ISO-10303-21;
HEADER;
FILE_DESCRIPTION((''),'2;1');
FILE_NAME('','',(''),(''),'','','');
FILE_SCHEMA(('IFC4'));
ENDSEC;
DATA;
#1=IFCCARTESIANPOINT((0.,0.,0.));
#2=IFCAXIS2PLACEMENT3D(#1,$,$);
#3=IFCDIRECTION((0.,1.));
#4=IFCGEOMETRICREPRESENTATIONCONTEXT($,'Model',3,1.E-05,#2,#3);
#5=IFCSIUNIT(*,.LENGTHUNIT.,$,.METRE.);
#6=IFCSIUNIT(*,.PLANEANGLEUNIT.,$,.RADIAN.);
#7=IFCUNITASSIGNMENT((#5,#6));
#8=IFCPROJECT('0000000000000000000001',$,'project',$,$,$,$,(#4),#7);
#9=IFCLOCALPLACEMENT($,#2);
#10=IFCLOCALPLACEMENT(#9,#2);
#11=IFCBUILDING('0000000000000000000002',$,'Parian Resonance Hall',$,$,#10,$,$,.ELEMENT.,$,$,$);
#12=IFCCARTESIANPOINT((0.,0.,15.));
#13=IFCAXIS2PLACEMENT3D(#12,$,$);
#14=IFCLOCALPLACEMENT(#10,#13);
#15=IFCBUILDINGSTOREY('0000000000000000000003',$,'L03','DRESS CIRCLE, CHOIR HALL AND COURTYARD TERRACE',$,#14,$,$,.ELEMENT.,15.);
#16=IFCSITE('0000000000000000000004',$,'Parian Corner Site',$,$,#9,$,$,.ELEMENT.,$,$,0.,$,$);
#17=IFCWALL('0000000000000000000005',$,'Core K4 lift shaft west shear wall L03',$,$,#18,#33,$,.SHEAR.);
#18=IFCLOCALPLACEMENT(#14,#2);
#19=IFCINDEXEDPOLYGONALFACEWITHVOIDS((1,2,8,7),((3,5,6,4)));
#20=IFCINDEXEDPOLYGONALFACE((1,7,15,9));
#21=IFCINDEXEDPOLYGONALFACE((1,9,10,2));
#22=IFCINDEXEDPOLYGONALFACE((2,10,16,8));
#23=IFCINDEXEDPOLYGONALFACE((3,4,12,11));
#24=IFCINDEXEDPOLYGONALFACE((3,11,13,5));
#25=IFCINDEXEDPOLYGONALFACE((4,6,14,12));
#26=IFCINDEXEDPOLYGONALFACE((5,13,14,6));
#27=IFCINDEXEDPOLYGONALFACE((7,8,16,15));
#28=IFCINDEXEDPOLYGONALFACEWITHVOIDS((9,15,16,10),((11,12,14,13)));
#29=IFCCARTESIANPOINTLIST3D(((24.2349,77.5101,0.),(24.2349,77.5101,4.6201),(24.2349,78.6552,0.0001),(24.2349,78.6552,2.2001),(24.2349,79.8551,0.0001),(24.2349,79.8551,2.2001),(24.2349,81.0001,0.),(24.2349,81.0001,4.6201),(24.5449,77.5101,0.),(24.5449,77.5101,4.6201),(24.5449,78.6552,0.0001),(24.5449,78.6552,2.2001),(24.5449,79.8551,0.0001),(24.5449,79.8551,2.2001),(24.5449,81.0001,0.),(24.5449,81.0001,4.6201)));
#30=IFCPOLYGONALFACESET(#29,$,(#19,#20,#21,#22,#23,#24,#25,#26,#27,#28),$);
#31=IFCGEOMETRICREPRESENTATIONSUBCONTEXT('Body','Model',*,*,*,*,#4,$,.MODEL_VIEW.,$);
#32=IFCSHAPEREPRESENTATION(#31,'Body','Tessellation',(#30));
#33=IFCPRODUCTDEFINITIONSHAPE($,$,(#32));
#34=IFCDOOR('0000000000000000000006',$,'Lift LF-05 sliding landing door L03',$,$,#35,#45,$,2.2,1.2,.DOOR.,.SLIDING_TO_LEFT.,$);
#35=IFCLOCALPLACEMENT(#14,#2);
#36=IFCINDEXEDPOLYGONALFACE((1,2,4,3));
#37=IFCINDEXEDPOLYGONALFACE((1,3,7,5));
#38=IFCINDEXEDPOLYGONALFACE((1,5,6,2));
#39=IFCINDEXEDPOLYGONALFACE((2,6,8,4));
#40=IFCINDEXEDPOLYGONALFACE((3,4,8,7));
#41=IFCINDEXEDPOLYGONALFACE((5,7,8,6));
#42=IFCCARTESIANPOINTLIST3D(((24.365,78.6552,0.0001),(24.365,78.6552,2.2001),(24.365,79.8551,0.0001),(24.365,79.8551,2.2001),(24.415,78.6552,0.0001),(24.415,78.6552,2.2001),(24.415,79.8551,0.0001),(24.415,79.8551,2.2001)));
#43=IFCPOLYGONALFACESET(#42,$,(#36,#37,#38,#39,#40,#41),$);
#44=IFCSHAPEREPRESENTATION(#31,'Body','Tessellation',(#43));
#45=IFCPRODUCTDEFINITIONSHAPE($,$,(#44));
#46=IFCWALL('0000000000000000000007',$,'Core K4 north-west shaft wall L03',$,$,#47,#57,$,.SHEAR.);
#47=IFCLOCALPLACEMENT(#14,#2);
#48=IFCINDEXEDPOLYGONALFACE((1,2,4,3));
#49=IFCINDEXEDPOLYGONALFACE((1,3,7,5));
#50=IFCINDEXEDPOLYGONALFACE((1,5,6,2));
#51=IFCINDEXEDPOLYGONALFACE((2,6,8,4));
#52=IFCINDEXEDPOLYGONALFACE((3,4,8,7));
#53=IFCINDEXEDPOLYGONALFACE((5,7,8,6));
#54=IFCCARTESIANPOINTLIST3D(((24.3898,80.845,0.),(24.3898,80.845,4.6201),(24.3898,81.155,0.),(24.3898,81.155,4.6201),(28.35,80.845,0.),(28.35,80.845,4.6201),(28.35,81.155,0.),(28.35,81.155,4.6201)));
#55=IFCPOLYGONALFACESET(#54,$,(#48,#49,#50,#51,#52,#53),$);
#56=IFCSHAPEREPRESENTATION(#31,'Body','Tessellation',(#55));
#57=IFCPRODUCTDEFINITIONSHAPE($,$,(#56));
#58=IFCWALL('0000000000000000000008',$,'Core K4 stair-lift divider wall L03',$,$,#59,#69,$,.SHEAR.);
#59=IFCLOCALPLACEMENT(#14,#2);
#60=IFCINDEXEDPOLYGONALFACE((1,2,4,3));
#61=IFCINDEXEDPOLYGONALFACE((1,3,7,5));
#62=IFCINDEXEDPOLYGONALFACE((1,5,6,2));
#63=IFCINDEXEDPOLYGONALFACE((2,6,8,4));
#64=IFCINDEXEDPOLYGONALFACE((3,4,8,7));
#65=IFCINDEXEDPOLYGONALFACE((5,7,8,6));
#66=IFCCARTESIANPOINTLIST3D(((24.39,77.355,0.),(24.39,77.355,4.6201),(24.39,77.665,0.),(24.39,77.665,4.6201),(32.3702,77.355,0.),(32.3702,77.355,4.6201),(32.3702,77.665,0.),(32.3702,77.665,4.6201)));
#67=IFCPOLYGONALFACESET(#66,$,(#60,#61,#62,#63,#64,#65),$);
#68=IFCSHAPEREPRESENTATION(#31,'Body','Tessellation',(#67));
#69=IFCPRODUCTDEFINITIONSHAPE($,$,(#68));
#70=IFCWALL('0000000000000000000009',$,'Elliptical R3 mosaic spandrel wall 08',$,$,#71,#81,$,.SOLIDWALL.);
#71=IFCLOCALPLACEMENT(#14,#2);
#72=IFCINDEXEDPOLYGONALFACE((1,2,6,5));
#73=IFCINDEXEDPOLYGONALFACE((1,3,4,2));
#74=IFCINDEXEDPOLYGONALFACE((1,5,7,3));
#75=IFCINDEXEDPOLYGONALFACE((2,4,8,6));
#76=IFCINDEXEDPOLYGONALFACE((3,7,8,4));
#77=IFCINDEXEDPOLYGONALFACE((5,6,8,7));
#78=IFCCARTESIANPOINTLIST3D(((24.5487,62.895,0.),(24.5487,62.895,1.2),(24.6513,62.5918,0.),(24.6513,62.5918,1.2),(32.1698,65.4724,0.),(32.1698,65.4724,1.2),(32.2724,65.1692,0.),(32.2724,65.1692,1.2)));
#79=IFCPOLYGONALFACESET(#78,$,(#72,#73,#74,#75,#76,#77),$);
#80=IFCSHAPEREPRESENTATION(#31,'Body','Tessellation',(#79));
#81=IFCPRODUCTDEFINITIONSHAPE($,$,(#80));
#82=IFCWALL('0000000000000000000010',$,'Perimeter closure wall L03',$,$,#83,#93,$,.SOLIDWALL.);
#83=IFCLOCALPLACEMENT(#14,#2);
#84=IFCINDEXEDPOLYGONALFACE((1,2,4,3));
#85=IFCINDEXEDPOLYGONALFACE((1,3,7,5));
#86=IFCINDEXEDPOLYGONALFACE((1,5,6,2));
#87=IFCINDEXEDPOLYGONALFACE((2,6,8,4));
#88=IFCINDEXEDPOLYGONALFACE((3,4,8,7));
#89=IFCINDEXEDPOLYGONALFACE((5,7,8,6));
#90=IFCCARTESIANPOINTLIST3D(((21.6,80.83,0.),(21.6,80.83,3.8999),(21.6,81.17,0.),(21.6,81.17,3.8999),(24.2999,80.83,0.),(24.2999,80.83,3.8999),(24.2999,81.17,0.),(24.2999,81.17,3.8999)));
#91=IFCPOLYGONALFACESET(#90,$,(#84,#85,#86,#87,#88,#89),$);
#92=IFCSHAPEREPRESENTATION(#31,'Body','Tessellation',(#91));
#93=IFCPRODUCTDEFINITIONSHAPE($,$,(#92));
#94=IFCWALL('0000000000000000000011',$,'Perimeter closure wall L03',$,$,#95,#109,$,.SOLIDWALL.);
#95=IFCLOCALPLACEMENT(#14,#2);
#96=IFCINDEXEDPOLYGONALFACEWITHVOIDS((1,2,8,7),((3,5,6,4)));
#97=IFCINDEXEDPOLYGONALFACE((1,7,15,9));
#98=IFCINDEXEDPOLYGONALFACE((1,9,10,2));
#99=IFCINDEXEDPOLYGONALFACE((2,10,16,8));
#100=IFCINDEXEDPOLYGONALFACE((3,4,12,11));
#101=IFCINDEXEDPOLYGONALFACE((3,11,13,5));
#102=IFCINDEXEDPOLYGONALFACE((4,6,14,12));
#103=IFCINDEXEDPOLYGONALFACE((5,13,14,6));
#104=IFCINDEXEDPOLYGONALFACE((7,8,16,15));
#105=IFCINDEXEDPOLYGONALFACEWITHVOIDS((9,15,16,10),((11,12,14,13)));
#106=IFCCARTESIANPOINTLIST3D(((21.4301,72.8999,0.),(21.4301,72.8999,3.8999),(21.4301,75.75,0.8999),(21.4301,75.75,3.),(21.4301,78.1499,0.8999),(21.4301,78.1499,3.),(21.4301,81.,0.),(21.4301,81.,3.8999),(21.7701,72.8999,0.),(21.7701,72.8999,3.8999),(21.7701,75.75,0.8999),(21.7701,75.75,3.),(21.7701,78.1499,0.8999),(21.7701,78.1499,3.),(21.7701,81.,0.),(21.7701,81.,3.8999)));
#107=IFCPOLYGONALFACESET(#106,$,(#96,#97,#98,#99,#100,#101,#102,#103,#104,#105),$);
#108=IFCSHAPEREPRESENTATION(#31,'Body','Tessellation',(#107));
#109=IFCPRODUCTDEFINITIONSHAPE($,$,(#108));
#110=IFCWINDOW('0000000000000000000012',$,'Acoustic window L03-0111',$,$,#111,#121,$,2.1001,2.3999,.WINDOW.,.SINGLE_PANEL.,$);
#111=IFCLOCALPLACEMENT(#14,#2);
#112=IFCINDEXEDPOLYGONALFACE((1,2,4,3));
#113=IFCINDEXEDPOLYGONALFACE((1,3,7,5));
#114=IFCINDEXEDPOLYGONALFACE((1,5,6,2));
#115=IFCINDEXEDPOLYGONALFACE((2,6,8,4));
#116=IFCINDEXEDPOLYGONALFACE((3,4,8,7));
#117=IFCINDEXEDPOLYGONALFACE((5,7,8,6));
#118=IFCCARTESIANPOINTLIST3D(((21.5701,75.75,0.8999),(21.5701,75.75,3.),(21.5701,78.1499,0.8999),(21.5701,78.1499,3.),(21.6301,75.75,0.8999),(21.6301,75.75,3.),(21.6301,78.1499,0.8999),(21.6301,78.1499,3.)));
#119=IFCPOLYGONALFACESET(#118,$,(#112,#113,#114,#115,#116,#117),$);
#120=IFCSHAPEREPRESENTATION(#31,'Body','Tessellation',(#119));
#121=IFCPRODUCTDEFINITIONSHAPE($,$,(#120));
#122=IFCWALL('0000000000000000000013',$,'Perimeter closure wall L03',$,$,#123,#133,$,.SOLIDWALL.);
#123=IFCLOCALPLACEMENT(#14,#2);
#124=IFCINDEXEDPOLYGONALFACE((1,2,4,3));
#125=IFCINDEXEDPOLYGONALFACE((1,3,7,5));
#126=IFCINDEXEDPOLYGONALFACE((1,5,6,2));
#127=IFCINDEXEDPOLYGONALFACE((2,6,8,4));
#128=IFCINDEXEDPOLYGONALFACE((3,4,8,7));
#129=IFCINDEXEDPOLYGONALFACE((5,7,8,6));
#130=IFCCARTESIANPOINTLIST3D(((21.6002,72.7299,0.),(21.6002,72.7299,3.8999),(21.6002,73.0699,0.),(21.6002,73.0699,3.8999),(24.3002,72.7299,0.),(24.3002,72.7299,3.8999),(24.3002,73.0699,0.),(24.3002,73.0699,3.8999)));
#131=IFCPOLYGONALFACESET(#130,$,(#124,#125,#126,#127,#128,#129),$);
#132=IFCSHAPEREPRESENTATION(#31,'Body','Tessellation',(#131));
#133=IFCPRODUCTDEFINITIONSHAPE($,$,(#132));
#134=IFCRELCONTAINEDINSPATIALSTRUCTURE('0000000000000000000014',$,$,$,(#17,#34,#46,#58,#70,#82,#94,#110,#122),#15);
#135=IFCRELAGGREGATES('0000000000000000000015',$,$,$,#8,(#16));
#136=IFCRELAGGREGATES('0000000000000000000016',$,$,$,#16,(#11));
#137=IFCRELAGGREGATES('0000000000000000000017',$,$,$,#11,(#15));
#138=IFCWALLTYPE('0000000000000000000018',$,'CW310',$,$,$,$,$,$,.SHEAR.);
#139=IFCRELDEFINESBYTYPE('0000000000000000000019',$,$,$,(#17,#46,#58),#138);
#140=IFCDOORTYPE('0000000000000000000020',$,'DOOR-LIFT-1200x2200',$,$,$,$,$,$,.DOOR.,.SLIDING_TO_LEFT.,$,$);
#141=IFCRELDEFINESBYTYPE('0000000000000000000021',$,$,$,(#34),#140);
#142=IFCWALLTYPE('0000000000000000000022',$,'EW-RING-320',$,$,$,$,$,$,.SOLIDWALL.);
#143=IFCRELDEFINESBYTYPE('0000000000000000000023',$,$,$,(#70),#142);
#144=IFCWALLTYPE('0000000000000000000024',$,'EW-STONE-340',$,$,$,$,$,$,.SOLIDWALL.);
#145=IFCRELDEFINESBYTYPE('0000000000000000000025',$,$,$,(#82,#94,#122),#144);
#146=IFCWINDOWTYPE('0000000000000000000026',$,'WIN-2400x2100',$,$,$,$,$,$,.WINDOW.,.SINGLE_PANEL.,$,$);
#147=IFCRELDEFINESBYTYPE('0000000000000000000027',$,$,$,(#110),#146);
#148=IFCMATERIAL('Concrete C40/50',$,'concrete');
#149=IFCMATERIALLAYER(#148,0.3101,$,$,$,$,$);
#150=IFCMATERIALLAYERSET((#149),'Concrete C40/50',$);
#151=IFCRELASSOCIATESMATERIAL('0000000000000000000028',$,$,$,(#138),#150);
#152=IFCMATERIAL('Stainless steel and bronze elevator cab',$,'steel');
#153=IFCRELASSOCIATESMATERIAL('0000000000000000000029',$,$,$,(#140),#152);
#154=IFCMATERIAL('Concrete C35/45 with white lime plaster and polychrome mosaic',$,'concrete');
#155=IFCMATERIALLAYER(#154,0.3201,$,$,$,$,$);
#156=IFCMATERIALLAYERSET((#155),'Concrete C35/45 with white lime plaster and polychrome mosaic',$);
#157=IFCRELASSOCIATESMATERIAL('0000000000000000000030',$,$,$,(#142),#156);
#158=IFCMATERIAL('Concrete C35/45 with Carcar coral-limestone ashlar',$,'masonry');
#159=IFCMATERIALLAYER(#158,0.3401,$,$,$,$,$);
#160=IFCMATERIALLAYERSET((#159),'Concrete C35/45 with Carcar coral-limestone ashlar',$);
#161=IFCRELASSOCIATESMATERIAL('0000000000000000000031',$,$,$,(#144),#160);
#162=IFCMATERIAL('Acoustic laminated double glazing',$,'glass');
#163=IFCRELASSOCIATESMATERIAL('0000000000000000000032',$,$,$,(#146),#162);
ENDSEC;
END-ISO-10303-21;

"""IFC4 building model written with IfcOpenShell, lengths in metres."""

from ifc_helpers import new_model, si_unit, direction, frame, frame_2d, origin, place, context, subcontext, project, spatial, rectangle, extrude, material, layer, layer_set, type_object, element, fill, save


model = new_model("IFC4")

# Units and contexts
model_context = context("Model", 3, precision=1e-05, world=origin(), true_north=direction((0.0, 1.0)))
body_context = subcontext(model_context, "Body", "Model", "MODEL_VIEW")
ifc_project = project(units=[si_unit("LENGTHUNIT", "METRE"), si_unit("PLANEANGLEUNIT", "RADIAN")], contexts=[model_context])

# Site, building, storey
site_placement = place(None, origin())
site = spatial("IfcSite", under=ifc_project, at=site_placement, Name="Parian Corner Site", CompositionType="ELEMENT", RefElevation=0.0)
building_placement = place(site_placement, origin())
building = spatial("IfcBuilding", under=site, at=building_placement, Name="Parian Resonance Hall", CompositionType="ELEMENT")
storey_placement = place(building_placement, frame((0.0, 0.0, 15.0)))
storey = spatial("IfcBuildingStorey", under=building, at=storey_placement, Name="L03", Description="DRESS CIRCLE, CHOIR HALL AND COURTYARD TERRACE", CompositionType="ELEMENT", Elevation=15.0)

# Wall, opening, door
ifc_material_1 = material(Name="Concrete C40/50", Category="concrete")
ifc_layer_1 = layer(ifc_material_1, 0.3101)
ifc_layer_set_1 = layer_set([ifc_layer_1], Name="Concrete C40/50")
wall_type_1 = type_object("IfcWallType", Name="CW310", PredefinedType="SHEAR", material=ifc_layer_set_1)
wall_1_placement = place(storey_placement, frame((24.3899, 77.51, 0.0), z_axis=(0.0, 0.0, 1.0), x_axis=(0.0, 1.0, 0.0)))
wall_1 = element("IfcWall", 1, at=wall_1_placement, inside=storey, type_object=wall_type_1, Name="Core K4 lift shaft west shear wall L03", PredefinedType="SHEAR", context=body_context, shape_type="SweptSolid", body=[
    extrude(rectangle(XDim=3.49, YDim=0.3101, at=frame_2d((1.7451, 0.0))), origin(), (0.0, 0.0, 1.0), 4.6201),
])
opening_1_placement = place(wall_1_placement, frame((1.145, 0.0, 0.0)))
opening_1 = element("IfcOpeningElement", 2, at=opening_1_placement, cuts=wall_1, PredefinedType="OPENING", context=body_context, shape_type="SweptSolid", body=[
    extrude(rectangle(XDim=1.2, YDim=2.2, at=frame_2d((0.6001, 1.1001))), frame((0.0, 0.165, 0.0), z_axis=(0.0, -1.0, 0.0), x_axis=(1.0, 0.0, 0.0)), (0.0, 0.0, 1.0), 0.3301),
])
ifc_material_2 = material(Name="Stainless steel and bronze elevator cab", Category="steel")
door_type_1 = type_object("IfcDoorType", Name="DOOR-LIFT-1200x2200", OperationType="SLIDING_TO_LEFT", PredefinedType="DOOR", material=ifc_material_2)
door_1_placement = place(opening_1_placement, origin())
door_1 = element("IfcDoor", 3, at=door_1_placement, inside=storey, type_object=door_type_1, Name="Lift LF-05 sliding landing door L03", OperationType="SLIDING_TO_LEFT", OverallHeight=2.2, OverallWidth=1.2, PredefinedType="DOOR", context=body_context, shape_type="SweptSolid", body=[
    extrude(rectangle(XDim=1.2, YDim=2.2, at=frame_2d((0.6001, 1.1001))), frame((0.0, 0.0249, 0.0), z_axis=(0.0, -1.0, 0.0), x_axis=(1.0, 0.0, 0.0)), (0.0, 0.0, 1.0), 0.05),
])
fill(opening_1, door_1)

# Walls
wall_2_placement = place(storey_placement, frame((24.3899, 81.0, 0.0), z_axis=(0.0, 0.0, 1.0), x_axis=(1.0, 0.0, 0.0)))
element("IfcWall", 4, at=wall_2_placement, inside=storey, type_object=wall_type_1, Name="Core K4 north-west shaft wall L03", PredefinedType="SHEAR", context=body_context, shape_type="SweptSolid", body=[
    extrude(rectangle(XDim=3.9602, YDim=0.3101, at=frame_2d((1.98, 0.0))), origin(), (0.0, 0.0, 1.0), 4.6201),
])
wall_3_placement = place(storey_placement, frame((24.3899, 77.51, 0.0), z_axis=(0.0, 0.0, 1.0), x_axis=(1.0, 0.0, 0.0)))
element("IfcWall", 5, at=wall_3_placement, inside=storey, type_object=wall_type_1, Name="Core K4 stair-lift divider wall L03", PredefinedType="SHEAR", context=body_context, shape_type="SweptSolid", body=[
    extrude(rectangle(XDim=7.9802, YDim=0.3101, at=frame_2d((3.9902, 0.0))), origin(), (0.0, 0.0, 1.0), 4.6201),
])
ifc_material_3 = material(Name="Concrete C35/45 with white lime plaster and polychrome mosaic", Category="concrete")
ifc_layer_2 = layer(ifc_material_3, 0.3201)
ifc_layer_set_2 = layer_set([ifc_layer_2], Name="Concrete C35/45 with white lime plaster and polychrome mosaic")
wall_type_2 = type_object("IfcWallType", Name="EW-RING-320", PredefinedType="SOLIDWALL", material=ifc_layer_set_2)
wall_4_placement = place(storey_placement, frame((24.6001, 62.7434, 0.0), z_axis=(0.0, 0.0, 1.0), x_axis=(0.947293, 0.320367, 0.0)))
element("IfcWall", 6, at=wall_4_placement, inside=storey, type_object=wall_type_2, Name="Elliptical R3 mosaic spandrel wall 08", PredefinedType="SOLIDWALL", context=body_context, shape_type="SweptSolid", body=[
    extrude(rectangle(XDim=8.0452, YDim=0.3201, at=frame_2d((4.0225, 0.0))), origin(), (0.0, 0.0, 1.0), 1.2),
])
ifc_material_4 = material(Name="Concrete C35/45 with Carcar coral-limestone ashlar", Category="masonry")
ifc_layer_3 = layer(ifc_material_4, 0.3401)
ifc_layer_set_3 = layer_set([ifc_layer_3], Name="Concrete C35/45 with Carcar coral-limestone ashlar")
wall_type_3 = type_object("IfcWallType", Name="EW-STONE-340", PredefinedType="SOLIDWALL", material=ifc_layer_set_3)
wall_5_placement = place(storey_placement, frame((24.3, 81.0, 0.0), z_axis=(0.0, 0.0, 1.0), x_axis=(-1.0, 0.0, 0.0)))
element("IfcWall", 7, at=wall_5_placement, inside=storey, type_object=wall_type_3, Name="Perimeter closure wall L03", PredefinedType="SOLIDWALL", context=body_context, shape_type="SweptSolid", body=[
    extrude(rectangle(XDim=2.7, YDim=0.3401, at=frame_2d((1.3501, 0.0))), origin(), (0.0, 0.0, 1.0), 3.8999),
])

# Wall, opening, window
wall_6_placement = place(storey_placement, frame((21.6001, 81.0, 0.0), z_axis=(0.0, 0.0, 1.0), x_axis=(0.0, -1.0, 0.0)))
wall_6 = element("IfcWall", 8, at=wall_6_placement, inside=storey, type_object=wall_type_3, Name="Perimeter closure wall L03", PredefinedType="SOLIDWALL", context=body_context, shape_type="SweptSolid", body=[
    extrude(rectangle(XDim=8.1001, YDim=0.3401, at=frame_2d((4.05, 0.0))), origin(), (0.0, 0.0, 1.0), 3.8999),
])
opening_2_placement = place(wall_6_placement, frame((2.8501, 0.0, 0.8999)))
opening_2 = element("IfcOpeningElement", 9, at=opening_2_placement, cuts=wall_6, PredefinedType="OPENING", context=body_context, shape_type="SweptSolid", body=[
    extrude(rectangle(XDim=2.3999, YDim=2.1001, at=frame_2d((1.2, 1.05))), frame((0.0, 0.1799, 0.0), z_axis=(0.0, -1.0, 0.0), x_axis=(1.0, 0.0, 0.0)), (0.0, 0.0, 1.0), 0.3601),
])
ifc_material_5 = material(Name="Acoustic laminated double glazing", Category="glass")
window_type = type_object("IfcWindowType", Name="WIN-2400x2100", PartitioningType="SINGLE_PANEL", PredefinedType="WINDOW", material=ifc_material_5)
window_placement = place(opening_2_placement, origin())
window = element("IfcWindow", 10, at=window_placement, inside=storey, type_object=window_type, Name="Acoustic window L03-0111", OverallHeight=2.1001, OverallWidth=2.3999, PartitioningType="SINGLE_PANEL", PredefinedType="WINDOW", context=body_context, shape_type="SweptSolid", body=[
    extrude(rectangle(XDim=2.3999, YDim=2.1001, at=frame_2d((1.2, 1.05))), frame((0.0, 0.03, 0.0), z_axis=(0.0, -1.0, 0.0), x_axis=(1.0, 0.0, 0.0)), (0.0, 0.0, 1.0), 0.0601),
])
fill(opening_2, window)

# Wall
wall_7_placement = place(storey_placement, frame((21.6001, 72.8999, 0.0), z_axis=(0.0, 0.0, 1.0), x_axis=(1.0, 0.0, 0.0)))
element("IfcWall", 11, at=wall_7_placement, inside=storey, type_object=wall_type_3, Name="Perimeter closure wall L03", PredefinedType="SOLIDWALL", context=body_context, shape_type="SweptSolid", body=[
    extrude(rectangle(XDim=2.7, YDim=0.3401, at=frame_2d((1.3501, 0.0))), origin(), (0.0, 0.0, 1.0), 3.8999),
])

save(model, "model.ifc")
